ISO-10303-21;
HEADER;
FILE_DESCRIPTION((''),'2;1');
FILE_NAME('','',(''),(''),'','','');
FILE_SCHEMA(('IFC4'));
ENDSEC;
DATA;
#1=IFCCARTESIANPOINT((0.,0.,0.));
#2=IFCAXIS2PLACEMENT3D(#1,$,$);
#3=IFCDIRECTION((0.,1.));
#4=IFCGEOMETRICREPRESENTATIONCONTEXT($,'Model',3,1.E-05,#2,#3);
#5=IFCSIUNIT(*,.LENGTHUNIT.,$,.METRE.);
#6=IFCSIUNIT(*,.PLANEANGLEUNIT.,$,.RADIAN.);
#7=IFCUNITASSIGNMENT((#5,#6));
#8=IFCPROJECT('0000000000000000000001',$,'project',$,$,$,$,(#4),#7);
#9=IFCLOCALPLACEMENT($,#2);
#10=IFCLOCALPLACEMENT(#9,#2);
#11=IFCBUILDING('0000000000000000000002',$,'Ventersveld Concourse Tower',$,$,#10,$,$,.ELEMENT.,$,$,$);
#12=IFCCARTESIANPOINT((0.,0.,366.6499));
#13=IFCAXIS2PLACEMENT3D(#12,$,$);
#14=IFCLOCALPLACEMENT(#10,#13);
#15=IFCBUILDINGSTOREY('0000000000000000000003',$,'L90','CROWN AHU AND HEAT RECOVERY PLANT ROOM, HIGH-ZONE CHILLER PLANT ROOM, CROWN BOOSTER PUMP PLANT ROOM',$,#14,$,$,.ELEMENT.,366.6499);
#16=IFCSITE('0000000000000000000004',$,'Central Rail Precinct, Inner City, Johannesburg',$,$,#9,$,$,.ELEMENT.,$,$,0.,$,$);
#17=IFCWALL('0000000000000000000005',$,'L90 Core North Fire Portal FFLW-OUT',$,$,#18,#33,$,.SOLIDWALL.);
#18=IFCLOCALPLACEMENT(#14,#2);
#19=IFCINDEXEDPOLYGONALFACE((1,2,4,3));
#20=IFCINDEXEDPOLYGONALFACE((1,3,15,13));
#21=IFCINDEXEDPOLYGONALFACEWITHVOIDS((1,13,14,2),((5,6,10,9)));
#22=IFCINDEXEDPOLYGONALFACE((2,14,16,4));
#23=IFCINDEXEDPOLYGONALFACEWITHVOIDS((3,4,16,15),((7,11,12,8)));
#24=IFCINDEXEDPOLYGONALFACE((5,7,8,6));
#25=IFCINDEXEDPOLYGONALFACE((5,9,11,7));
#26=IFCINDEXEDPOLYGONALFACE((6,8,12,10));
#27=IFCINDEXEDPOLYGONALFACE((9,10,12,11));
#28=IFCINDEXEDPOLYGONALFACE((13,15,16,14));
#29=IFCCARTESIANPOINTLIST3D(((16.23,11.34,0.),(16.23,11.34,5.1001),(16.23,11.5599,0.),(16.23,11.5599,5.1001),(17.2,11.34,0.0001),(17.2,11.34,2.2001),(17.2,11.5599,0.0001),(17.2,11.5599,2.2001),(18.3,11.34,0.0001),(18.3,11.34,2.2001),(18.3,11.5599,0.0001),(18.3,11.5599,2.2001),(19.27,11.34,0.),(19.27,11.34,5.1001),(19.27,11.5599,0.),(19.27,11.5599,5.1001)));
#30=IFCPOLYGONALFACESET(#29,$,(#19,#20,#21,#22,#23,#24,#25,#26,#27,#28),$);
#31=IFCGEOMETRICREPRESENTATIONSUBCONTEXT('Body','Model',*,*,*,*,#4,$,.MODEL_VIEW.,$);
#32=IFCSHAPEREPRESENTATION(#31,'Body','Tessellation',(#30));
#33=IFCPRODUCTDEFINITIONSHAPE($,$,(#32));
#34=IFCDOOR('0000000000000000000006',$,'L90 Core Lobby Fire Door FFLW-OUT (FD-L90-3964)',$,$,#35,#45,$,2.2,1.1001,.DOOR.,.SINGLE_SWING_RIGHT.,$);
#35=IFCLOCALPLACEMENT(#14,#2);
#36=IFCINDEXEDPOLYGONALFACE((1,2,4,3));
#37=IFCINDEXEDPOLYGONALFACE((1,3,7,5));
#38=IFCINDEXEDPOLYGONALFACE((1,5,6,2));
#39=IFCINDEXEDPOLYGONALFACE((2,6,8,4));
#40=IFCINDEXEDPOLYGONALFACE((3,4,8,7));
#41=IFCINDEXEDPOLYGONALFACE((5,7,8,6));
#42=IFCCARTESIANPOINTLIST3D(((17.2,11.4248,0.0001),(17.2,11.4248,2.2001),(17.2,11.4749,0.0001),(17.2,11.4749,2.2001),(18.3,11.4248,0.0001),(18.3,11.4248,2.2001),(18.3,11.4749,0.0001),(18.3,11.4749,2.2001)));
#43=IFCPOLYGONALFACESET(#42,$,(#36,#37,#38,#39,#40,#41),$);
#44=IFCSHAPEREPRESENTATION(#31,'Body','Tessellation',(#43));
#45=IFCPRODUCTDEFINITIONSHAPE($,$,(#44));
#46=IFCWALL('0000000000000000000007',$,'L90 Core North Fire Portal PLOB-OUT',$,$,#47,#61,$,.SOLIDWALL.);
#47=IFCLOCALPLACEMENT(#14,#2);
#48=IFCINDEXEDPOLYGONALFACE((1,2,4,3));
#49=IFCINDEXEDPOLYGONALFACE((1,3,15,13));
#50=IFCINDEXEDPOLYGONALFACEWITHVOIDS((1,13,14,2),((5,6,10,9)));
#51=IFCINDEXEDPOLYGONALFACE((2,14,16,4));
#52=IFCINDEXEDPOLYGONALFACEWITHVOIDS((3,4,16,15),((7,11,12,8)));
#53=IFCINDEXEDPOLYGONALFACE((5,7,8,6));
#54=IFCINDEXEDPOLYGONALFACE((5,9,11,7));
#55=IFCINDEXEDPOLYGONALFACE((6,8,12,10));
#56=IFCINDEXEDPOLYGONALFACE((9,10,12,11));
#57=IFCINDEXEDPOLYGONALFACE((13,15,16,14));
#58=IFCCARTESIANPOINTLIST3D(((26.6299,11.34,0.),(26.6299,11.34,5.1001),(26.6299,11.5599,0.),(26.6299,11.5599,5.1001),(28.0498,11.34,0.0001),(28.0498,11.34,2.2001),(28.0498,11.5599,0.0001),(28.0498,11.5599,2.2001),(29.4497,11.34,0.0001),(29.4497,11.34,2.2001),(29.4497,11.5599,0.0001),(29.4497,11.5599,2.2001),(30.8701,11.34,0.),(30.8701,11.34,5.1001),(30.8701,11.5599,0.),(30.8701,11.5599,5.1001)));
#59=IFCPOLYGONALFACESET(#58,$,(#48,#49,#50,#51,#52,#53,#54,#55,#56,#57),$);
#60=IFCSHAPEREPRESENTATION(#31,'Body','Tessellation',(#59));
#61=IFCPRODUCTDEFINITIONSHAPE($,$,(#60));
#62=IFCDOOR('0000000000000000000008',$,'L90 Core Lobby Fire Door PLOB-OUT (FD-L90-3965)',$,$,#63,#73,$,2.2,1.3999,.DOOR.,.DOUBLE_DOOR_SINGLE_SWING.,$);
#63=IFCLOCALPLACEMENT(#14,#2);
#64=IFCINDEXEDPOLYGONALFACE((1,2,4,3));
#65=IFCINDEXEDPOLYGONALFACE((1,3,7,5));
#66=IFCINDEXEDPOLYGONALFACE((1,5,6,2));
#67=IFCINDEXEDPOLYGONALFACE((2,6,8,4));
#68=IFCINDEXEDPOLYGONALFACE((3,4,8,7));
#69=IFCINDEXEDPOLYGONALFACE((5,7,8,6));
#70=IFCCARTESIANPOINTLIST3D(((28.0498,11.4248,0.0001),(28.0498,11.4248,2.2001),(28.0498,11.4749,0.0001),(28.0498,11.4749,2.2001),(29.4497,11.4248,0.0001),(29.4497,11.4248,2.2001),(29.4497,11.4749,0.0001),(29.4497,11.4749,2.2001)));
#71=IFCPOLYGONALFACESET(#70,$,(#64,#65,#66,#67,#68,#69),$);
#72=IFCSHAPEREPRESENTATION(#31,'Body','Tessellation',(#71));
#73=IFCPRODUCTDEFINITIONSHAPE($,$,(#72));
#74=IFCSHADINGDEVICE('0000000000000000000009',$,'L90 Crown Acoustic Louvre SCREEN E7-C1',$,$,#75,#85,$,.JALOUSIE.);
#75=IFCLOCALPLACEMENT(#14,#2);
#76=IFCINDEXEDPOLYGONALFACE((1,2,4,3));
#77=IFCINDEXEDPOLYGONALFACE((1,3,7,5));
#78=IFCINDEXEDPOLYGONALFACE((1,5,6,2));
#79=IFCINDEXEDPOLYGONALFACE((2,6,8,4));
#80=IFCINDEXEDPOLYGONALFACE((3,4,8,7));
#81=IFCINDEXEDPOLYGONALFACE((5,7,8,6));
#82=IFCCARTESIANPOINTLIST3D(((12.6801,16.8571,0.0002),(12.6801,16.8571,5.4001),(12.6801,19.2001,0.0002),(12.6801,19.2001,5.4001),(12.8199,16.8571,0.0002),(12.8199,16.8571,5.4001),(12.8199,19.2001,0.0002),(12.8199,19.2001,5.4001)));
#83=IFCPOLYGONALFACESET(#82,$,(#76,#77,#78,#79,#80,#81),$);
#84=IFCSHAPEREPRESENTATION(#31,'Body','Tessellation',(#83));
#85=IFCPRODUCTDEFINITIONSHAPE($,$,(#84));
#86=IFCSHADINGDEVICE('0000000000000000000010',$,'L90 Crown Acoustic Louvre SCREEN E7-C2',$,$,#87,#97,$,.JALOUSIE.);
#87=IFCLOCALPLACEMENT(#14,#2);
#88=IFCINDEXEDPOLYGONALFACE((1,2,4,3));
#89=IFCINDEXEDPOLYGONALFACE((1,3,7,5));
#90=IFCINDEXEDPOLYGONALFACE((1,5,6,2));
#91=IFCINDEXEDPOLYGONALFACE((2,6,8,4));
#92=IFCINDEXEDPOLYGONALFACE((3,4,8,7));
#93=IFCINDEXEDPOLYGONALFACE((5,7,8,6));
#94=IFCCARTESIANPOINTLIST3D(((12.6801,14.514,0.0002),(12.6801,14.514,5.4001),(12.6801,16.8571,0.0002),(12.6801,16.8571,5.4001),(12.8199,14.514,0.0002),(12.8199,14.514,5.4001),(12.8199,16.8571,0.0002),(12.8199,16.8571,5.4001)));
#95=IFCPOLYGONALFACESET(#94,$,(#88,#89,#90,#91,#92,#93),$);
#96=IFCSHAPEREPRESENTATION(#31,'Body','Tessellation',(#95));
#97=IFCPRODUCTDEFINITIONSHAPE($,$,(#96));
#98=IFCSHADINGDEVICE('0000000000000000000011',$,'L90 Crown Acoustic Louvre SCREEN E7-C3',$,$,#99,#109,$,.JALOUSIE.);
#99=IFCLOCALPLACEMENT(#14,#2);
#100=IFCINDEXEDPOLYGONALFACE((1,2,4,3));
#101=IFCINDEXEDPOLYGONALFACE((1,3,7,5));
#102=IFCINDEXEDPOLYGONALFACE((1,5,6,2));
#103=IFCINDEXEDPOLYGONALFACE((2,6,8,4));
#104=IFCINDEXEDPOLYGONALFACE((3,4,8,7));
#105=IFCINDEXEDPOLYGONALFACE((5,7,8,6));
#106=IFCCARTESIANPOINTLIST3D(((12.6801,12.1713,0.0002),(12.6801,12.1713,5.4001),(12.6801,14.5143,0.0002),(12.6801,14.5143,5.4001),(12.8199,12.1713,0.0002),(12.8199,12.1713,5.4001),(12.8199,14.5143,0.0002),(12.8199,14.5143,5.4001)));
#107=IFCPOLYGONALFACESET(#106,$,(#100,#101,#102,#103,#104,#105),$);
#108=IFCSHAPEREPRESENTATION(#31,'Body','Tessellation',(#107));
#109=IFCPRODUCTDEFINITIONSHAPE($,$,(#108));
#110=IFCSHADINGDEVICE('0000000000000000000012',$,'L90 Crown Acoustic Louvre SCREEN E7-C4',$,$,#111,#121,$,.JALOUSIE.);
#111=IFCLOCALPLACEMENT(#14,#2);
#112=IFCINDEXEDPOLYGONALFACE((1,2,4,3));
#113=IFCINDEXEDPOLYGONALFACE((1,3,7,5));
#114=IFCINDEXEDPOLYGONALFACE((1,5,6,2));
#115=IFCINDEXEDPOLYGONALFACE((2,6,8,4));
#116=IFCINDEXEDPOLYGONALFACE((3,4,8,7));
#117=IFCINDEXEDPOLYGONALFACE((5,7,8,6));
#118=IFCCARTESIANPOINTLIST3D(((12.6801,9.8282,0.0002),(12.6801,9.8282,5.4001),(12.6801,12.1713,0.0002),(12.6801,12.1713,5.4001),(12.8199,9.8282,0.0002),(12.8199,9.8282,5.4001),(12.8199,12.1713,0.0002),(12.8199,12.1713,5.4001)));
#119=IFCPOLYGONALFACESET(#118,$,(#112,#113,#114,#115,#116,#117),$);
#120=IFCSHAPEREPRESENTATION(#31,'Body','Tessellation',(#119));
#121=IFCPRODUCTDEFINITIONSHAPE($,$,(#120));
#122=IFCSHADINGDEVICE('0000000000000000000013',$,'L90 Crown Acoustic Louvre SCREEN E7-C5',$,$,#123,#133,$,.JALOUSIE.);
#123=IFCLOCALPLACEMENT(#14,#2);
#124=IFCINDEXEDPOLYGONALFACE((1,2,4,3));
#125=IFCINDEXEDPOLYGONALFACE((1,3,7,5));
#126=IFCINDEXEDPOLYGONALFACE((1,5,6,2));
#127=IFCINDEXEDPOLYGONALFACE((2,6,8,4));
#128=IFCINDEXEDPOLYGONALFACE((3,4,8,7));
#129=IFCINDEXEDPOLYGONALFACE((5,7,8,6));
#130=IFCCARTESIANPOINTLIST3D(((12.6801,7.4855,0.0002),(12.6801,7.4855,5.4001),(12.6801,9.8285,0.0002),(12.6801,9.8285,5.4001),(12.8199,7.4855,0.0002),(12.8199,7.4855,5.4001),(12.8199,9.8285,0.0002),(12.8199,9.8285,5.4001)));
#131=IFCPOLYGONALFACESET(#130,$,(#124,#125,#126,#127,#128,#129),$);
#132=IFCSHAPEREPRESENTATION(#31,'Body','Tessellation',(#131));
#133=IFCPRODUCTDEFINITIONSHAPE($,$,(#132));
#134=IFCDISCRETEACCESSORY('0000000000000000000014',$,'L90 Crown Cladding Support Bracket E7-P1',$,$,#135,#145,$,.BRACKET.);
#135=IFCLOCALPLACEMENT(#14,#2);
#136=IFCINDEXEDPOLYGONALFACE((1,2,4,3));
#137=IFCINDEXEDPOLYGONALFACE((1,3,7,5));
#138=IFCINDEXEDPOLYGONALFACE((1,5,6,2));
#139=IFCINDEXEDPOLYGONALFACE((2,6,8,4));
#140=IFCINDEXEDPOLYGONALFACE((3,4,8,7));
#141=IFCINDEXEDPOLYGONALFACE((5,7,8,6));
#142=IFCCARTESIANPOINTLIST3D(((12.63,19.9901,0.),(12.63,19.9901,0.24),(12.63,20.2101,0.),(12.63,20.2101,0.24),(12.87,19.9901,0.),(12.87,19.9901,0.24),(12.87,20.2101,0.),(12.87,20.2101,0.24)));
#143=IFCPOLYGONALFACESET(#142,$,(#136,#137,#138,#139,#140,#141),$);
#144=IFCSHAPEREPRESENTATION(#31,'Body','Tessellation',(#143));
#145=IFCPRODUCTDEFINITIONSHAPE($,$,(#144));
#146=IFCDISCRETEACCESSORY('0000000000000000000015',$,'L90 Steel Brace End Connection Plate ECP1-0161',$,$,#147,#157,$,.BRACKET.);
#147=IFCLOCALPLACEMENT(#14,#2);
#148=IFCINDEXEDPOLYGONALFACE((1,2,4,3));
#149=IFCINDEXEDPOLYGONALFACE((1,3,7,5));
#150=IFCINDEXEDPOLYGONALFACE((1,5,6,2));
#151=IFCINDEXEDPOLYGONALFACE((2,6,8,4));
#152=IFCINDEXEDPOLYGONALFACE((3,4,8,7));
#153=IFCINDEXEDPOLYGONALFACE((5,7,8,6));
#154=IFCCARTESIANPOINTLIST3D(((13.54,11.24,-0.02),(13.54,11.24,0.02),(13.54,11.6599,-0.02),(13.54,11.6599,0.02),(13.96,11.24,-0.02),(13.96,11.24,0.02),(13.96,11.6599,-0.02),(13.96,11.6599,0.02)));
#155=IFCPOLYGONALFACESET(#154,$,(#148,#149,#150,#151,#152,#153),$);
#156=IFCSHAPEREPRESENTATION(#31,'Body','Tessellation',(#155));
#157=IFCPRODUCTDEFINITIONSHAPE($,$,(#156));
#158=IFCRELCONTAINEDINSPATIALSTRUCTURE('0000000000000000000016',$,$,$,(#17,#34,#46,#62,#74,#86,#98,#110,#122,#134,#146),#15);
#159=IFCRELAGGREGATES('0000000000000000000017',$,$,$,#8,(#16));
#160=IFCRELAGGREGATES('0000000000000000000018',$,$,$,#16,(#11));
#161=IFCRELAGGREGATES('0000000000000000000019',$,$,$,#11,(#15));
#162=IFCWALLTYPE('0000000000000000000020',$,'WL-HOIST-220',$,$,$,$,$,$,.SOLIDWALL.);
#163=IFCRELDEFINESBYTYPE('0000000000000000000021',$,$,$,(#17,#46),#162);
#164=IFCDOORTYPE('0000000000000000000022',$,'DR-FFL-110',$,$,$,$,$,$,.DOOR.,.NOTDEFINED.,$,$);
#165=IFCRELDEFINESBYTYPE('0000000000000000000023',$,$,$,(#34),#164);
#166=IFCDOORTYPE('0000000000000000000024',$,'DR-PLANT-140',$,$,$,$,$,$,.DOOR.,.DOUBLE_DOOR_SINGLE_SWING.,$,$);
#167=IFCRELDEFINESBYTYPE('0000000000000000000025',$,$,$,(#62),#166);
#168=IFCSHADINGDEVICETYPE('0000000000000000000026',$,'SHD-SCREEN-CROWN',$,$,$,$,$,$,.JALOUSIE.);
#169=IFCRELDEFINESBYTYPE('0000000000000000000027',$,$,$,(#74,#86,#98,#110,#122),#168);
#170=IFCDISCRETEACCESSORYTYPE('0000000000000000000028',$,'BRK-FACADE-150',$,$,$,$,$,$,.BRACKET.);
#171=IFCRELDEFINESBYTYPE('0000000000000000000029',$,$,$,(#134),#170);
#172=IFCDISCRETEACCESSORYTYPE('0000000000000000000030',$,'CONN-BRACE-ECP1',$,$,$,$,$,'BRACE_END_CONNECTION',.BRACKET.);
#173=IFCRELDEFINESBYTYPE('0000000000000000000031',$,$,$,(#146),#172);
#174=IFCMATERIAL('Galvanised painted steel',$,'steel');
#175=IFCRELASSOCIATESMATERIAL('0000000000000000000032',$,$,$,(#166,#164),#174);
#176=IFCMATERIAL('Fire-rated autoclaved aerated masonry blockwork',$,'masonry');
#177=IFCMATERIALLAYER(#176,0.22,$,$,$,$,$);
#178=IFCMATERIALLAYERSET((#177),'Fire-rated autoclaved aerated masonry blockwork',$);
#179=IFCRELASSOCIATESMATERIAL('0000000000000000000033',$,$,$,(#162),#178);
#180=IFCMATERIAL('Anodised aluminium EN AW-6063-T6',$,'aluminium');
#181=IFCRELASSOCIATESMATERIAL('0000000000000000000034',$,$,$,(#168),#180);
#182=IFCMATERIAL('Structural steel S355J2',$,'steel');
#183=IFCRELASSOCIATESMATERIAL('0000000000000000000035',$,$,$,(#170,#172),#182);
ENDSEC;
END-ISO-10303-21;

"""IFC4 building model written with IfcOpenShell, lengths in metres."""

from ifc_helpers import new_model, si_unit, direction, frame, frame_2d, origin, origin_2d, place, context, subcontext, project, spatial, rectangle, extrude, material, layer, layer_set, type_object, element, fill, save


model = new_model("IFC4")

# Units and contexts
model_context = context("Model", 3, precision=1e-05, world=origin(), true_north=direction((0.0, 1.0)))
body_context = subcontext(model_context, "Body", "Model", "MODEL_VIEW")
ifc_project = project(units=[si_unit("LENGTHUNIT", "METRE"), si_unit("PLANEANGLEUNIT", "RADIAN")], contexts=[model_context])

# Site, building, storey
site_placement = place(None, origin())
site = spatial("IfcSite", under=ifc_project, at=site_placement, Name="Central Rail Precinct, Inner City, Johannesburg", CompositionType="ELEMENT", RefElevation=0.0)
building_placement = place(site_placement, origin())
building = spatial("IfcBuilding", under=site, at=building_placement, Name="Ventersveld Concourse Tower", CompositionType="ELEMENT")
storey_placement = place(building_placement, frame((0.0, 0.0, 366.6499)))
storey = spatial("IfcBuildingStorey", under=building, at=storey_placement, Name="L90", Description="CROWN AHU AND HEAT RECOVERY PLANT ROOM, HIGH-ZONE CHILLER PLANT ROOM, CROWN BOOSTER PUMP PLANT ROOM", CompositionType="ELEMENT", Elevation=366.6499)

# Shared definitions
ifc_material_1 = material(Name="Fire-rated autoclaved aerated masonry blockwork", Category="masonry")
ifc_material_2 = material(Name="Galvanised painted steel", Category="steel")
door_type_1 = type_object("IfcDoorType", Name="DR-PLANT-140", OperationType="DOUBLE_DOOR_SINGLE_SWING", PredefinedType="DOOR", material=ifc_material_2)

# Walls, openings, doors
ifc_layer_1 = layer(ifc_material_1, 0.22)
ifc_layer_set_1 = layer_set([ifc_layer_1], Name="Fire-rated autoclaved aerated masonry blockwork")
wall_type_1 = type_object("IfcWallType", Name="WL-HOIST-220", PredefinedType="SOLIDWALL", material=ifc_layer_set_1)
door_type_2 = type_object("IfcDoorType", Name="DR-FFL-110", OperationType="NOTDEFINED", PredefinedType="DOOR", material=ifc_material_2)
wall_1_placement = place(storey_placement, frame((16.23, 11.45, 0.0), z_axis=(0.0, 0.0, 1.0), x_axis=(1.0, 0.0, 0.0)))
wall_1 = element("IfcWall", 1, at=wall_1_placement, inside=storey, type_object=wall_type_1, Name="L90 Core North Fire Portal FFLW-OUT", PredefinedType="SOLIDWALL", context=body_context, shape_type="SweptSolid", body=[
    extrude(rectangle(XDim=3.04, YDim=0.22, at=frame_2d((1.52, 0.0))), origin(), (0.0, 0.0, 1.0), 5.1001),
])
opening_1_placement = place(wall_1_placement, frame((0.97, 0.0, 0.0)))
opening_1 = element("IfcOpeningElement", 2, at=opening_1_placement, cuts=wall_1, PredefinedType="OPENING", context=body_context, shape_type="SweptSolid", body=[
    extrude(rectangle(XDim=1.1001, YDim=2.2, at=frame_2d((0.55, 1.1001))), frame((0.0, 0.1201, 0.0), z_axis=(0.0, -1.0, 0.0), x_axis=(1.0, 0.0, 0.0)), (0.0, 0.0, 1.0), 0.24),
])
door_1_placement = place(opening_1_placement, origin())
door_1 = element("IfcDoor", 3, at=door_1_placement, inside=storey, type_object=door_type_2, Name="L90 Core Lobby Fire Door FFLW-OUT (FD-L90-3964)", OperationType="SINGLE_SWING_RIGHT", OverallHeight=2.2, OverallWidth=1.1001, PredefinedType="DOOR", context=body_context, shape_type="SweptSolid", body=[
    extrude(rectangle(XDim=1.1001, YDim=2.2, at=frame_2d((0.55, 1.1001))), frame((0.0, 0.0249, 0.0), z_axis=(0.0, -1.0, 0.0), x_axis=(1.0, 0.0, 0.0)), (0.0, 0.0, 1.0), 0.05),
])
fill(opening_1, door_1)
wall_2_placement = place(storey_placement, frame((26.6299, 11.45, 0.0), z_axis=(0.0, 0.0, 1.0), x_axis=(1.0, 0.0, 0.0)))
wall_2 = element("IfcWall", 4, at=wall_2_placement, inside=storey, type_object=wall_type_1, Name="L90 Core North Fire Portal PLOB-OUT", PredefinedType="SOLIDWALL", context=body_context, shape_type="SweptSolid", body=[
    extrude(rectangle(XDim=4.2402, YDim=0.22, at=frame_2d((2.1201, 0.0))), origin(), (0.0, 0.0, 1.0), 5.1001),
])
opening_2_placement = place(wall_2_placement, frame((1.4199, 0.0, 0.0)))
opening_2 = element("IfcOpeningElement", 5, at=opening_2_placement, cuts=wall_2, PredefinedType="OPENING", context=body_context, shape_type="SweptSolid", body=[
    extrude(rectangle(XDim=1.3999, YDim=2.2, at=frame_2d((0.7, 1.1001))), frame((0.0, 0.1201, 0.0), z_axis=(0.0, -1.0, 0.0), x_axis=(1.0, 0.0, 0.0)), (0.0, 0.0, 1.0), 0.24),
])
door_2_placement = place(opening_2_placement, origin())
door_2 = element("IfcDoor", 6, at=door_2_placement, inside=storey, type_object=door_type_1, Name="L90 Core Lobby Fire Door PLOB-OUT (FD-L90-3965)", OperationType="DOUBLE_DOOR_SINGLE_SWING", OverallHeight=2.2, OverallWidth=1.3999, PredefinedType="DOOR", context=body_context, shape_type="SweptSolid", body=[
    extrude(rectangle(XDim=1.3999, YDim=2.2, at=frame_2d((0.7, 1.1001))), frame((0.0, 0.0249, 0.0), z_axis=(0.0, -1.0, 0.0), x_axis=(1.0, 0.0, 0.0)), (0.0, 0.0, 1.0), 0.05),
])
fill(opening_2, door_2)

# Shading devices
ifc_material_3 = material(Name="Anodised aluminium EN AW-6063-T6", Category="aluminium")
shading_device_type = type_object("IfcShadingDeviceType", Name="SHD-SCREEN-CROWN", PredefinedType="JALOUSIE", material=ifc_material_3)
for number, where, z_axis, x_axis, name in (
    (7, (12.75, 18.0286, 0.0002), (0.0, 0.0, 1.0), (0.0, -1.0, 0.0), "L90 Crown Acoustic Louvre SCREEN E7-C1"),
    (8, (12.75, 15.6855, 0.0002), (0.0, 0.0, 1.0), (0.0, -1.0, 0.0), "L90 Crown Acoustic Louvre SCREEN E7-C2"),
    (9, (12.75, 13.3428, 0.0002), (0.0, 0.0, 1.0), (0.0, -1.0, 0.0), "L90 Crown Acoustic Louvre SCREEN E7-C3"),
    (10, (12.75, 10.9998, 0.0002), (0.0, 0.0, 1.0), (0.0, -1.0, 0.0), "L90 Crown Acoustic Louvre SCREEN E7-C4"),
    (11, (12.75, 8.657, 0.0002), (0.0, 0.0, 1.0), (0.0, -1.0, 0.0), "L90 Crown Acoustic Louvre SCREEN E7-C5"),
):
    element("IfcShadingDevice", number, at=place(storey_placement, frame(where, z_axis=z_axis, x_axis=x_axis)), inside=storey, type_object=shading_device_type, Name=name, PredefinedType="JALOUSIE", context=body_context, shape_type="SweptSolid", body=[
        extrude(rectangle(XDim=2.343, YDim=0.1399, at=origin_2d()), origin(), (0.0, 0.0, 1.0), 5.3999),
    ])

# Discrete accessories
ifc_material_4 = material(Name="Structural steel S355J2", Category="steel")
discrete_accessory_type_1 = type_object("IfcDiscreteAccessoryType", Name="BRK-FACADE-150", PredefinedType="BRACKET", material=ifc_material_4)
discrete_accessory_1_placement = place(storey_placement, frame((12.75, 20.1001, 0.0), z_axis=(0.0, 0.0, 1.0), x_axis=(0.0, -1.0, 0.0)))
element("IfcDiscreteAccessory", 12, at=discrete_accessory_1_placement, inside=storey, type_object=discrete_accessory_type_1, Name="L90 Crown Cladding Support Bracket E7-P1", PredefinedType="BRACKET", context=body_context, shape_type="SweptSolid", body=[
    extrude(rectangle(XDim=0.22, YDim=0.24, at=origin_2d()), origin(), (0.0, 0.0, 1.0), 0.24),
])
discrete_accessory_type_2 = type_object("IfcDiscreteAccessoryType", Name="CONN-BRACE-ECP1", ElementType="BRACE_END_CONNECTION", PredefinedType="BRACKET", material=ifc_material_4)
discrete_accessory_2_placement = place(storey_placement, frame((13.75, 11.45, -0.02), z_axis=(0.0, 0.0, 1.0), x_axis=(1.0, 0.0, 0.0)))
element("IfcDiscreteAccessory", 13, at=discrete_accessory_2_placement, inside=storey, type_object=discrete_accessory_type_2, Name="L90 Steel Brace End Connection Plate ECP1-0161", PredefinedType="BRACKET", context=body_context, shape_type="SweptSolid", body=[
    extrude(rectangle(XDim=0.4199, YDim=0.4199, at=origin_2d()), origin(), (0.0, 0.0, 1.0), 0.04),
])

save(model, "model.ifc")
